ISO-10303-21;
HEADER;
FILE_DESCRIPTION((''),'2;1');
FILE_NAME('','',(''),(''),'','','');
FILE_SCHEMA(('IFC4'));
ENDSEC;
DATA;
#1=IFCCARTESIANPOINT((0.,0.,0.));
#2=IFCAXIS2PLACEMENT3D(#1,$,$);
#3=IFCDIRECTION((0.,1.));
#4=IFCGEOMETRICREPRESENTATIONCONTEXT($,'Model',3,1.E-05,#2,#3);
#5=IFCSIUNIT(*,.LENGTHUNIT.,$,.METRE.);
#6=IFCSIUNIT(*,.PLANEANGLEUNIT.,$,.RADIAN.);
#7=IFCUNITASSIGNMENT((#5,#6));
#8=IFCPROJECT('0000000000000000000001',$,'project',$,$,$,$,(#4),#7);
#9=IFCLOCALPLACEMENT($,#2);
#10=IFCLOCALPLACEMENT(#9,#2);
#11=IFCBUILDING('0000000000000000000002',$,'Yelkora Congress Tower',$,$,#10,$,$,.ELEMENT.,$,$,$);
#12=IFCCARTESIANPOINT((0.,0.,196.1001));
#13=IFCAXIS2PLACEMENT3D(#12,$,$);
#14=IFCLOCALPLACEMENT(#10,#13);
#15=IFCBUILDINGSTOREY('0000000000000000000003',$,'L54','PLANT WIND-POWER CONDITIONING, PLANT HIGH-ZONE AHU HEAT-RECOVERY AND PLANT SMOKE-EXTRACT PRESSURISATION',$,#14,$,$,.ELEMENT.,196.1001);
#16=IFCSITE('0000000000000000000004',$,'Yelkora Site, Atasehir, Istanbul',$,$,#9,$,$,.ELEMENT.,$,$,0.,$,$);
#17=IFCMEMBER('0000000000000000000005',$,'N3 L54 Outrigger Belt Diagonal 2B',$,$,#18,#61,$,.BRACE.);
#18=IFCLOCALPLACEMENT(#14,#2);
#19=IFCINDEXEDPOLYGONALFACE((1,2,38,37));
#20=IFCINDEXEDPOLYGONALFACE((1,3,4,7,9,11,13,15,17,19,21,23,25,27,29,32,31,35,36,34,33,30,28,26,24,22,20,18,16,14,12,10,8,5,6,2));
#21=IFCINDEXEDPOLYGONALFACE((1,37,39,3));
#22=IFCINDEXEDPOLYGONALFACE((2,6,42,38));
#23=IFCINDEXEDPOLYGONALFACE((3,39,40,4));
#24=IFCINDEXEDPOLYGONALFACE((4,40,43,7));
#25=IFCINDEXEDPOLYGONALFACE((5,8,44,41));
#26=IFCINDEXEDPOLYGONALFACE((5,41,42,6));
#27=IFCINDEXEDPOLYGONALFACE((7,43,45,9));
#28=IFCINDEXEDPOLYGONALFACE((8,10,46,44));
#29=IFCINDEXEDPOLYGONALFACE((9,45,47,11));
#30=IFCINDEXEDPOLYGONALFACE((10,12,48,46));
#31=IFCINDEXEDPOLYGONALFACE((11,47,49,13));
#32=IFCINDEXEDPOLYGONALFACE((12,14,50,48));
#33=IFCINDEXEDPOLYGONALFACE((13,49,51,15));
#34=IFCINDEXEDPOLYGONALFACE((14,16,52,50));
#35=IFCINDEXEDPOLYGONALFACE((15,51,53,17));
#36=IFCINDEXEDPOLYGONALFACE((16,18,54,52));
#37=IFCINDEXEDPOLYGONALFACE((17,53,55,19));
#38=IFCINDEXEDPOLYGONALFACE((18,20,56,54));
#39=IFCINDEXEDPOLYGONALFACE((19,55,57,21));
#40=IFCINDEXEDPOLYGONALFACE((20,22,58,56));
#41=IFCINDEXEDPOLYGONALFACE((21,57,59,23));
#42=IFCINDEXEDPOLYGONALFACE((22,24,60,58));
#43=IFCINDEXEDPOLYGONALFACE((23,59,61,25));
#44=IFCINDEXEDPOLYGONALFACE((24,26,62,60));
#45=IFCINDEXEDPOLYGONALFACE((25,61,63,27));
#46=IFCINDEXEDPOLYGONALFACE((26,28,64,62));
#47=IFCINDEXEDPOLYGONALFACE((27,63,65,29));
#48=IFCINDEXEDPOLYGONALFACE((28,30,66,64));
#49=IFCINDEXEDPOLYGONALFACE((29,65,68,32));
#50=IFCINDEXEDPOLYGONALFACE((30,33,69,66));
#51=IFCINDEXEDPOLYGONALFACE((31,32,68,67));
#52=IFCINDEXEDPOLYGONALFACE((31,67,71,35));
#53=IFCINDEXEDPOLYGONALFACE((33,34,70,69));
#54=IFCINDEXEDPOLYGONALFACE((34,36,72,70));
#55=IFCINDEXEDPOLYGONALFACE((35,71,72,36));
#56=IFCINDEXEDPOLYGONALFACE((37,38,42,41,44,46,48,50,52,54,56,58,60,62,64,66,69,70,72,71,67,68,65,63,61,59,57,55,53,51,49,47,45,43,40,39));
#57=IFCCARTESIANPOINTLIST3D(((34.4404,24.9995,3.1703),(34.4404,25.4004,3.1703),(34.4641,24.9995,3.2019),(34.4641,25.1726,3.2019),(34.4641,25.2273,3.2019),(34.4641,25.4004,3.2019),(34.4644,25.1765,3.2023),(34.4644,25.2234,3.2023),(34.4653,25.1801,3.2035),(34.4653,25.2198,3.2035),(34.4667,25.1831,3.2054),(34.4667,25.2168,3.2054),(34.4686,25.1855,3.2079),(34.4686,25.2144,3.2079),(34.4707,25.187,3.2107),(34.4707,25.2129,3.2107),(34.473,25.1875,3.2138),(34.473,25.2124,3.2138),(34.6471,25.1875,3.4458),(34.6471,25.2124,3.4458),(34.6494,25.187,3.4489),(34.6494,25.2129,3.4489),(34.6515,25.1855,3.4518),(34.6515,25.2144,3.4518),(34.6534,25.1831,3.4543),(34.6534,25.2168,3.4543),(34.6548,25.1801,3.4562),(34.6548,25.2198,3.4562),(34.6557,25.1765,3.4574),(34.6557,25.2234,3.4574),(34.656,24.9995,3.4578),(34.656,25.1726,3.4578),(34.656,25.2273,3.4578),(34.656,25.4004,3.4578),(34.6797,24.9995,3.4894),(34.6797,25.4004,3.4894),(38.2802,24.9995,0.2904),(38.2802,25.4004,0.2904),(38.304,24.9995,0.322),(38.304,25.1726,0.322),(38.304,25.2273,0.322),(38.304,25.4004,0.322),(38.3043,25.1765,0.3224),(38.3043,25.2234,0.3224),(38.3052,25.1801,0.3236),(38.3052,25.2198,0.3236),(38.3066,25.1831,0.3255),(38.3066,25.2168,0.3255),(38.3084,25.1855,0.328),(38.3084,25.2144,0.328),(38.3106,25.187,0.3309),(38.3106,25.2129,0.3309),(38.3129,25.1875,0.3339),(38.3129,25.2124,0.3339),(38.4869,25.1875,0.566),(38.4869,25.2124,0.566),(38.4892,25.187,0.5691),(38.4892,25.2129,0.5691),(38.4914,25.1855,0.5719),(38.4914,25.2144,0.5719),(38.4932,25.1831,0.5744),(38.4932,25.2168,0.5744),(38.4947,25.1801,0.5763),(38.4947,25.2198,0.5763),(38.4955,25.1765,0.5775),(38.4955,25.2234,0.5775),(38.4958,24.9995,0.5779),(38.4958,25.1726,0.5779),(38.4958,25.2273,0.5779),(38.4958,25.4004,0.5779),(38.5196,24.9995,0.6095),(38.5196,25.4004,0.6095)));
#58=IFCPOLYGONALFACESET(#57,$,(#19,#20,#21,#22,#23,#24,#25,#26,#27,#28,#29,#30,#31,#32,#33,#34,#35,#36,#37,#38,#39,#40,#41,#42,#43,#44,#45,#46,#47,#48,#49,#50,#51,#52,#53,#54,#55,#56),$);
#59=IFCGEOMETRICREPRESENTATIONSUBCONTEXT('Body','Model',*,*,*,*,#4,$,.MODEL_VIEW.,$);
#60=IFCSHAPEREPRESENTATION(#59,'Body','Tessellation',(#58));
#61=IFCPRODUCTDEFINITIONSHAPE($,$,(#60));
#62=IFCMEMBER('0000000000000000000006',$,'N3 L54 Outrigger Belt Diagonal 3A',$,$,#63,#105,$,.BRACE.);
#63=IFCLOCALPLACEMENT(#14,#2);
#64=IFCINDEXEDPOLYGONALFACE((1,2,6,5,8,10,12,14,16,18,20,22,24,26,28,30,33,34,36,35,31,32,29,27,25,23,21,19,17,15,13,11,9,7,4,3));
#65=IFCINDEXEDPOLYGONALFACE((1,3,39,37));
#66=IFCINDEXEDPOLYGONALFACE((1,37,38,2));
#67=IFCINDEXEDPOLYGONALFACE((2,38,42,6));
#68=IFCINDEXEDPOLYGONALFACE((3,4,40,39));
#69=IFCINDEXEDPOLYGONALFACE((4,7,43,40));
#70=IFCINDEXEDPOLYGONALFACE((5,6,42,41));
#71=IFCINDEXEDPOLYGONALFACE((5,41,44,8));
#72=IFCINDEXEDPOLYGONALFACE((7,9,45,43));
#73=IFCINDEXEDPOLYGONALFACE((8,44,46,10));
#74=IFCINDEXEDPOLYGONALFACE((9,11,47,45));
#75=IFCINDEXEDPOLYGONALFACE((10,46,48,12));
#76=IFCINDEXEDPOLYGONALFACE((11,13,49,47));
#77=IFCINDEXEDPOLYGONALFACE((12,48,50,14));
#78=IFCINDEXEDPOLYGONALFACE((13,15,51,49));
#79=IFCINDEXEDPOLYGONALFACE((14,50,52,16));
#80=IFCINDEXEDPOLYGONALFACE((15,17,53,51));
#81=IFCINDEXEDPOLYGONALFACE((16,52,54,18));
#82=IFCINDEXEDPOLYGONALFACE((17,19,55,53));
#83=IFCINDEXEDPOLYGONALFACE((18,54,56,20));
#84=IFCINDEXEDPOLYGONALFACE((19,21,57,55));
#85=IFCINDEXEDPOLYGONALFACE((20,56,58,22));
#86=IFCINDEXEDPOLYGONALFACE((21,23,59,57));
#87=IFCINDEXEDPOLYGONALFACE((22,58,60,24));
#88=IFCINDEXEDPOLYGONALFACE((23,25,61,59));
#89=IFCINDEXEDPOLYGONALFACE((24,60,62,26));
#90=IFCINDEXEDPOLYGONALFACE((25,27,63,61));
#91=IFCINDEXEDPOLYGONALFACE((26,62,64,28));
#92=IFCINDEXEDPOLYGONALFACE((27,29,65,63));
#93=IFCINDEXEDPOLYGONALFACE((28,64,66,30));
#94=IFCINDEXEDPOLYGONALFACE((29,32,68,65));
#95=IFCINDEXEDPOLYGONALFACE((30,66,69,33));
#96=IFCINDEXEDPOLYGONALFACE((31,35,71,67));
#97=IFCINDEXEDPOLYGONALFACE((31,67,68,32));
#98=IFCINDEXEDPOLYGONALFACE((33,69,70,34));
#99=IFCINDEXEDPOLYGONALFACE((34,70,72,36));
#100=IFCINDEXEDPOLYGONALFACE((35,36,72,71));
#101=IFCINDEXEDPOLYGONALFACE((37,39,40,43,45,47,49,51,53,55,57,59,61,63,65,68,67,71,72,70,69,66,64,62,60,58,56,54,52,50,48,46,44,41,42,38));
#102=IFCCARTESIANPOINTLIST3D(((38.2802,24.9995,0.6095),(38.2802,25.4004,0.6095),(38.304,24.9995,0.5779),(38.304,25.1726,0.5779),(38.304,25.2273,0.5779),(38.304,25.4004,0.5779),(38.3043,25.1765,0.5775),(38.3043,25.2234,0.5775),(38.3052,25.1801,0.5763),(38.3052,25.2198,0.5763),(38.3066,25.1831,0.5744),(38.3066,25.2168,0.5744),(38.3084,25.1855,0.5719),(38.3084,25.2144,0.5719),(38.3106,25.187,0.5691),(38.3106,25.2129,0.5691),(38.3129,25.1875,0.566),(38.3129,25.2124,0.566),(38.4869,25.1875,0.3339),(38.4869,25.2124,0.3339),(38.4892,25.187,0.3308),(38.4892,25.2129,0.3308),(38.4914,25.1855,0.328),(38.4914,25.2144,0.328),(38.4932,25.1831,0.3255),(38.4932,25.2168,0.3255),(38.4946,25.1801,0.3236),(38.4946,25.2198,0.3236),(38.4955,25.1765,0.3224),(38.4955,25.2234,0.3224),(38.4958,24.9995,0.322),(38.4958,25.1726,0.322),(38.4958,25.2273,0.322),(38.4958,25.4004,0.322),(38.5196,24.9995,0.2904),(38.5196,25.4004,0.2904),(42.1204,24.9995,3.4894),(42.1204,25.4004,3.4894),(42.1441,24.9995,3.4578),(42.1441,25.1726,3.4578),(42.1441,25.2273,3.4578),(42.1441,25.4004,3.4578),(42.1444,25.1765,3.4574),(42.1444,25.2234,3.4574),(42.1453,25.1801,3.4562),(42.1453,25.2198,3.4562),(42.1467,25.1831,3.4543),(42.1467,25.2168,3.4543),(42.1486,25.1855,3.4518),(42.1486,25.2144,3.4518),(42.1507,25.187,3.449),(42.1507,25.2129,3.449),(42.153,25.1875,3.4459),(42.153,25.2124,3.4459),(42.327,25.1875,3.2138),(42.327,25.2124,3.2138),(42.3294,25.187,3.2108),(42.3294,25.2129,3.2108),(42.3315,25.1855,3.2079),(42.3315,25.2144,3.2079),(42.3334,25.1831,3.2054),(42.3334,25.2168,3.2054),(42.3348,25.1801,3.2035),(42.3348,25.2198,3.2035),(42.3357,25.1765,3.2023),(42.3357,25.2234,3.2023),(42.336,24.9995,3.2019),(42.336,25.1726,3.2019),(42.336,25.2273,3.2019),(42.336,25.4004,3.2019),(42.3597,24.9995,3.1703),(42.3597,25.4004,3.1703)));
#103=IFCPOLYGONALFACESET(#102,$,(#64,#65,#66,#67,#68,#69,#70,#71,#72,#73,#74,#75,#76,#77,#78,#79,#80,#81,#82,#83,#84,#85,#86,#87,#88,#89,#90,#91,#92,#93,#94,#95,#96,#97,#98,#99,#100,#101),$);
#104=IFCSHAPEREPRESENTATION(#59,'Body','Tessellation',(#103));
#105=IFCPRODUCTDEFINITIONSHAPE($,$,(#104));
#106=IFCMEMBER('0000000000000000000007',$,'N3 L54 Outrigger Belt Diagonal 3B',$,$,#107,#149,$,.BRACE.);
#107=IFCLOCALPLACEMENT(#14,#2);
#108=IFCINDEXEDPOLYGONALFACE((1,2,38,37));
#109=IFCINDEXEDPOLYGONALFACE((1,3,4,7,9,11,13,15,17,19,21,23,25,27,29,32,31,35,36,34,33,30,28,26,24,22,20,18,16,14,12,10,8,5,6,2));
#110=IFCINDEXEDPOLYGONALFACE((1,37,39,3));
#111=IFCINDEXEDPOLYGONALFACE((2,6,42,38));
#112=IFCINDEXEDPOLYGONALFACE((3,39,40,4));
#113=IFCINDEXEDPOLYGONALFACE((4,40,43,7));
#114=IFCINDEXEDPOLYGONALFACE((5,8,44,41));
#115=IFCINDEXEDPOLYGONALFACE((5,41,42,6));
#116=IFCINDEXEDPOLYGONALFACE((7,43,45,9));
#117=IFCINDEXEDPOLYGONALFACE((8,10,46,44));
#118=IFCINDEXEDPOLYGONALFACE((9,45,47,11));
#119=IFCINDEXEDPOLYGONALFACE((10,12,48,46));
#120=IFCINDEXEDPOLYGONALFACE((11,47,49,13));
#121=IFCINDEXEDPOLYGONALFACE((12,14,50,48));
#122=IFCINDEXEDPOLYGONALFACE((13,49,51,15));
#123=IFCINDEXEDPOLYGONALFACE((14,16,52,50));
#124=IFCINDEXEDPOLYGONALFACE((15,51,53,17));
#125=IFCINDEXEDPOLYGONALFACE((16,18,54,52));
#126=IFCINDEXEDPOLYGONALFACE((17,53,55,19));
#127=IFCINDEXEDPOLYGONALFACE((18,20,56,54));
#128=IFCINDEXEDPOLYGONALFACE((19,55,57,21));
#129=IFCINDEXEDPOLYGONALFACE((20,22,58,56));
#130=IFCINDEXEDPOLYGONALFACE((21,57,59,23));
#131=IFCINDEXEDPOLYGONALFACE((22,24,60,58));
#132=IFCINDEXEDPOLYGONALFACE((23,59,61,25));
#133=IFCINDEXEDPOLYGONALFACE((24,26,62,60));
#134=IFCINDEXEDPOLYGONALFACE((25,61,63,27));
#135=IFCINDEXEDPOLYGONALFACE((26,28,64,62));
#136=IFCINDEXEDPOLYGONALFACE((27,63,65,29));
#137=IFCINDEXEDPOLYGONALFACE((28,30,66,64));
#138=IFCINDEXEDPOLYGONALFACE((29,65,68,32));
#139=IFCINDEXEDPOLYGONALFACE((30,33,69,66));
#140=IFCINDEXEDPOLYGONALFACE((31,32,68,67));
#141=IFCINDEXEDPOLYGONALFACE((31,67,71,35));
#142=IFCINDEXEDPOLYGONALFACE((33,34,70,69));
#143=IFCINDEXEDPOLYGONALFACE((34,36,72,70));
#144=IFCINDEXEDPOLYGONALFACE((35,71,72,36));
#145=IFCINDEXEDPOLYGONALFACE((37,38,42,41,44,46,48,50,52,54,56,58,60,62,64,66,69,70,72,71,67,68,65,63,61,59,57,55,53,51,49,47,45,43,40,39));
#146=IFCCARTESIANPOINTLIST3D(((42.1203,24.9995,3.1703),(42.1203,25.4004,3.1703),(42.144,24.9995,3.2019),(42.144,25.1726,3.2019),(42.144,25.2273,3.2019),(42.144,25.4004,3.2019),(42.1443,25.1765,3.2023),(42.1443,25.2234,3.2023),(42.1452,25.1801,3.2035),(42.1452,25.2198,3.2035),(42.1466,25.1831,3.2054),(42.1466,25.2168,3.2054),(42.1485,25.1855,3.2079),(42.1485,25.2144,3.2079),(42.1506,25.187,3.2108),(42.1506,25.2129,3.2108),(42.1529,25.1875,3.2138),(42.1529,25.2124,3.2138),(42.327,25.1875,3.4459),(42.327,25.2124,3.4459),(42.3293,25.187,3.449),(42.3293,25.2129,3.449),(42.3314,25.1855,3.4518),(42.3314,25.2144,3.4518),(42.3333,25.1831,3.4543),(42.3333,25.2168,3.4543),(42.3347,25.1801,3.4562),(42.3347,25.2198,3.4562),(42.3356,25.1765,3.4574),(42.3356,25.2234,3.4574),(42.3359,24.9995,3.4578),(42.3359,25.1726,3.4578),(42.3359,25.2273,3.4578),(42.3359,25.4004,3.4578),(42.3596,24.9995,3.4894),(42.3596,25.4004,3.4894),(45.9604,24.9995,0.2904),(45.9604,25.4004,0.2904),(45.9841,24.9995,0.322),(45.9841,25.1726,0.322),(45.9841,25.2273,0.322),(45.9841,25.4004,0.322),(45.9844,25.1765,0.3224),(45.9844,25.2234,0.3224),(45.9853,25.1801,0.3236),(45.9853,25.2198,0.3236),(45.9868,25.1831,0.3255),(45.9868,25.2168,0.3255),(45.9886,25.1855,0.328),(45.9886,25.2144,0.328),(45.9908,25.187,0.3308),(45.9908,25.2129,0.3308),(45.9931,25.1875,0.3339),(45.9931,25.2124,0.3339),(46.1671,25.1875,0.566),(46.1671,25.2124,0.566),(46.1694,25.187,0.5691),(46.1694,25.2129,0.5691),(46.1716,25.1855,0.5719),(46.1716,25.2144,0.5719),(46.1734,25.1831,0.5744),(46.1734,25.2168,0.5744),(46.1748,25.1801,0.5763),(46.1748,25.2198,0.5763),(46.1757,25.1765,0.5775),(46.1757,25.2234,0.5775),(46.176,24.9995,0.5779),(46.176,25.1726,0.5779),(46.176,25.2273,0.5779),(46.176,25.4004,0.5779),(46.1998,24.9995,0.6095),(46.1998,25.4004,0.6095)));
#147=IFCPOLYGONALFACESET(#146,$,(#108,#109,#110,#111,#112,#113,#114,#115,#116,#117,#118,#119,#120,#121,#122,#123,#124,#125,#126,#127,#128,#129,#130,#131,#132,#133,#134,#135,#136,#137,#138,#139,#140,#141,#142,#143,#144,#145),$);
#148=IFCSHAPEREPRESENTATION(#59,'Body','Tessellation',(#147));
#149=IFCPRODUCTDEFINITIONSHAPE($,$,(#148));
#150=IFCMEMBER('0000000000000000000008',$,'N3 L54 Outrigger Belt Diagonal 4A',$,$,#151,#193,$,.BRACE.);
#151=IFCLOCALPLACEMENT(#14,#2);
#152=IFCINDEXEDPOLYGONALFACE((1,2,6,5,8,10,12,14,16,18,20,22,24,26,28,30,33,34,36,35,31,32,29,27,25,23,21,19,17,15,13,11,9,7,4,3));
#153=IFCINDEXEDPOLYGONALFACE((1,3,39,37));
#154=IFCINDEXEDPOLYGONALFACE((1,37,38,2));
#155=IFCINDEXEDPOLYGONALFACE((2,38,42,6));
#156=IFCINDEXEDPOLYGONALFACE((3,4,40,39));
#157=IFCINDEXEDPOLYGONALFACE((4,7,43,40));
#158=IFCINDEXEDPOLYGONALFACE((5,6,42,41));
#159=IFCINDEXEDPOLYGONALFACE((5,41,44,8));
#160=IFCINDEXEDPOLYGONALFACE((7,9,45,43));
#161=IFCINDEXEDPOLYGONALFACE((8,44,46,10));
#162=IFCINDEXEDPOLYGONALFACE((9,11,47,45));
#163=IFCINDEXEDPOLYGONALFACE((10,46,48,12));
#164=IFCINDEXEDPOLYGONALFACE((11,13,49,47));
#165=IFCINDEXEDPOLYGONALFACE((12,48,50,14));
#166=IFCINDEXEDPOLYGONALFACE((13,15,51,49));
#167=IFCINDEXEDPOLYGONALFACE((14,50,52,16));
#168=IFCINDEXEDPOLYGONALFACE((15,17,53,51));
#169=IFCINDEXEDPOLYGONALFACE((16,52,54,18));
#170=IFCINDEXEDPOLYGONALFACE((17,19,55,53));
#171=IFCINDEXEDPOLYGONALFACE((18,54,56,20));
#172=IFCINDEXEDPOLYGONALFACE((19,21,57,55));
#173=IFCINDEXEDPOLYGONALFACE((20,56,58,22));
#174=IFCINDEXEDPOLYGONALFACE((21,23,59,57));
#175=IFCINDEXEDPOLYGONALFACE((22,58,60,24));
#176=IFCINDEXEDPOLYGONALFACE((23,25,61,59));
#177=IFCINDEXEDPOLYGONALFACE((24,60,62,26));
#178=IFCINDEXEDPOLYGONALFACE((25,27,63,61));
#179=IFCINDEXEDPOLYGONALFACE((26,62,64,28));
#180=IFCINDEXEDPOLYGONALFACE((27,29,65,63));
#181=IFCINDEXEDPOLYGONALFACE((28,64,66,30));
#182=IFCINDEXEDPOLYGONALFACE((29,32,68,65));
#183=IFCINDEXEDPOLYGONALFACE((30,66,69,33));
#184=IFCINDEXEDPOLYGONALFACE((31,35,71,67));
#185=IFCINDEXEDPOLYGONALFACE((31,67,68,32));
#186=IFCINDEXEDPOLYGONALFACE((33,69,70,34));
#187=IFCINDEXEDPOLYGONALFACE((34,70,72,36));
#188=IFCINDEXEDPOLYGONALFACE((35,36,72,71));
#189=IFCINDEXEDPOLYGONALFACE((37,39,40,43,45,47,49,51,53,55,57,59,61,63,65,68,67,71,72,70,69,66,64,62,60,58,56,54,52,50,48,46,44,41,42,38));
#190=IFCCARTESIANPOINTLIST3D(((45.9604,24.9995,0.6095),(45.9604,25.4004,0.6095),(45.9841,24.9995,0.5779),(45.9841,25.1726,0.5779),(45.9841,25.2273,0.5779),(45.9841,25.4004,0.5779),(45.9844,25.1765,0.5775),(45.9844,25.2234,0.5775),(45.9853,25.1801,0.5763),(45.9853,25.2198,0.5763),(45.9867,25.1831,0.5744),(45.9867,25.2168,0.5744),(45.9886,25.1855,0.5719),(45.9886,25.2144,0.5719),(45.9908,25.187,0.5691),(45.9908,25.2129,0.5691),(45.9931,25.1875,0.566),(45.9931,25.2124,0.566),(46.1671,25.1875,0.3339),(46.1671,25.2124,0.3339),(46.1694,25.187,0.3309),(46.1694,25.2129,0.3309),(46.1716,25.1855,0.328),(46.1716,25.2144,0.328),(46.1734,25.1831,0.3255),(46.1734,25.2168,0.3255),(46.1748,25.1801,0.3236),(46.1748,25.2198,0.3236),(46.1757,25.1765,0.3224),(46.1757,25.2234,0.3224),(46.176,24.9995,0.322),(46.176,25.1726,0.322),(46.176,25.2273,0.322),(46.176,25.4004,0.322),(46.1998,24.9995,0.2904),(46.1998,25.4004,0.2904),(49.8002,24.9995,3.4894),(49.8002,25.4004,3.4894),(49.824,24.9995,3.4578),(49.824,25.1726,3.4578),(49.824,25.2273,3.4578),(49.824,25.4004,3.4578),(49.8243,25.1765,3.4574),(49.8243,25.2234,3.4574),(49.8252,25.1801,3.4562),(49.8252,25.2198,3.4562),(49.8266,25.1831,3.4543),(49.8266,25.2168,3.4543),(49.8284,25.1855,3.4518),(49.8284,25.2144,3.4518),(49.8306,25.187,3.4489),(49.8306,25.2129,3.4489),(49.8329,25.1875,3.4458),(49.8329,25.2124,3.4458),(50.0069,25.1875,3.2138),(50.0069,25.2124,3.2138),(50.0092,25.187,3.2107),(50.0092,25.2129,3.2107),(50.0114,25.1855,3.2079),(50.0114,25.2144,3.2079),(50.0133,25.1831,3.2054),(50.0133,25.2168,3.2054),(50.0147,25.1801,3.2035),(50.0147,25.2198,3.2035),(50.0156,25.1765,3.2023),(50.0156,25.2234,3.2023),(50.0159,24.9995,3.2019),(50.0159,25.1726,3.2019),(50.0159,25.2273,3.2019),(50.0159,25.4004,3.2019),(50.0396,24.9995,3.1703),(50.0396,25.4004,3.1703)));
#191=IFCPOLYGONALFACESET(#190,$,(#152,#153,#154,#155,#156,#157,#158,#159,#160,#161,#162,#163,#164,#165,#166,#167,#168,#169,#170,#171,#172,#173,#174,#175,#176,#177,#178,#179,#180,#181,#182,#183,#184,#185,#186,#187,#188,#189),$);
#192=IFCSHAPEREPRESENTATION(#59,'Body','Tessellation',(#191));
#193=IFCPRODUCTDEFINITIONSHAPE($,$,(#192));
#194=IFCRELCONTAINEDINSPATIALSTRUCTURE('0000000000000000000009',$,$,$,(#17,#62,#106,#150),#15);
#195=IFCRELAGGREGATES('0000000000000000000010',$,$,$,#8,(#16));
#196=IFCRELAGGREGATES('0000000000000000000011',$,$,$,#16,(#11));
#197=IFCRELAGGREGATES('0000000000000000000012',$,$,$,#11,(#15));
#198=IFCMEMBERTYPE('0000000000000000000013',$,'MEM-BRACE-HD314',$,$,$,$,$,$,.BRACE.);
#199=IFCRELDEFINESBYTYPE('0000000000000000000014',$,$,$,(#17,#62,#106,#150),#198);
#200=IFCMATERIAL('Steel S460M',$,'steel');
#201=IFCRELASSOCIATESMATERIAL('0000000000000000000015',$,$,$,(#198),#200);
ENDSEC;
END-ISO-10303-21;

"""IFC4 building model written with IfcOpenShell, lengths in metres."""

from ifc_helpers import new_model, si_unit, direction, frame, origin, origin_2d, place, context, subcontext, project, spatial, i_section, extrude, material, material_profile, profile_set, type_object, element, save


model = new_model("IFC4")

# Units and contexts
model_context = context("Model", 3, precision=1e-05, world=origin(), true_north=direction((0.0, 1.0)))
body_context = subcontext(model_context, "Body", "Model", "MODEL_VIEW")
ifc_project = project(units=[si_unit("LENGTHUNIT", "METRE"), si_unit("PLANEANGLEUNIT", "RADIAN")], contexts=[model_context])

# Site, building, storey
site_placement = place(None, origin())
site = spatial("IfcSite", under=ifc_project, at=site_placement, Name="Yelkora Site, Atasehir, Istanbul", CompositionType="ELEMENT", RefElevation=0.0)
building_placement = place(site_placement, origin())
building = spatial("IfcBuilding", under=site, at=building_placement, Name="Yelkora Congress Tower", CompositionType="ELEMENT")
storey_placement = place(building_placement, frame((0.0, 0.0, 196.1001)))
storey = spatial("IfcBuildingStorey", under=building, at=storey_placement, Name="L54", Description="PLANT WIND-POWER CONDITIONING, PLANT HIGH-ZONE AHU HEAT-RECOVERY AND PLANT SMOKE-EXTRACT PRESSURISATION", CompositionType="ELEMENT", Elevation=196.1001)

# Shared definitions
ifc_material_1 = material(Name="Steel S460M", Category="steel")

# Members
ifc_material_profile_1 = material_profile(ifc_material_1, i_section(OverallWidth=0.4009, OverallDepth=0.3989, WebThickness=0.0249, FlangeThickness=0.0396, FilletRadius=0.0149, at=origin_2d()), Name="HD 400x314")
ifc_profile_set_1 = profile_set([ifc_material_profile_1], Name="Steel S460M")
member_type_1 = type_object("IfcMemberType", Name="MEM-BRACE-HD314", PredefinedType="BRACE", material=ifc_profile_set_1)
member_1_placement = place(storey_placement, frame((38.3999, 25.2, 0.45), z_axis=(-0.8, 0.0, 0.6), x_axis=(0.0, -1.0, 0.0)))
element("IfcMember", 1, at=member_1_placement, inside=storey, type_object=member_type_1, Name="N3 L54 Outrigger Belt Diagonal 2B", PredefinedType="BRACE", context=body_context, shape_type="SweptSolid", body=[
    extrude(i_section(OverallWidth=0.4009, OverallDepth=0.3989, WebThickness=0.0249, FlangeThickness=0.0396, FilletRadius=0.0149, at=origin_2d()), origin(), (0.0, 0.0, 1.0), 4.7998),
])
for number, where, z_axis, x_axis, name in (
    (2, (38.3999, 25.2, 0.45), (0.800018, 0.0, 0.599976), (0.0, 1.0, 0.0), "N3 L54 Outrigger Belt Diagonal 3A"),
    (3, (46.0801, 25.2, 0.45), (-0.800018, 0.0, 0.599976), (0.0, -1.0, 0.0), "N3 L54 Outrigger Belt Diagonal 3B"),
):
    element("IfcMember", number, at=place(storey_placement, frame(where, z_axis=z_axis, x_axis=x_axis)), inside=storey, type_object=member_type_1, Name=name, PredefinedType="BRACE", context=body_context, shape_type="SweptSolid", body=[
        extrude(i_section(OverallWidth=0.4009, OverallDepth=0.3989, WebThickness=0.0249, FlangeThickness=0.0396, FilletRadius=0.0149, at=origin_2d()), origin(), (0.0, 0.0, 1.0), 4.8),
    ])
member_2_placement = place(storey_placement, frame((46.0801, 25.2, 0.45), z_axis=(0.8, 0.0, 0.6), x_axis=(0.0, 1.0, 0.0)))
element("IfcMember", 4, at=member_2_placement, inside=storey, type_object=member_type_1, Name="N3 L54 Outrigger Belt Diagonal 4A", PredefinedType="BRACE", context=body_context, shape_type="SweptSolid", body=[
    extrude(i_section(OverallWidth=0.4009, OverallDepth=0.3989, WebThickness=0.0249, FlangeThickness=0.0396, FilletRadius=0.0149, at=origin_2d()), origin(), (0.0, 0.0, 1.0), 4.7998),
])

save(model, "model.ifc")
